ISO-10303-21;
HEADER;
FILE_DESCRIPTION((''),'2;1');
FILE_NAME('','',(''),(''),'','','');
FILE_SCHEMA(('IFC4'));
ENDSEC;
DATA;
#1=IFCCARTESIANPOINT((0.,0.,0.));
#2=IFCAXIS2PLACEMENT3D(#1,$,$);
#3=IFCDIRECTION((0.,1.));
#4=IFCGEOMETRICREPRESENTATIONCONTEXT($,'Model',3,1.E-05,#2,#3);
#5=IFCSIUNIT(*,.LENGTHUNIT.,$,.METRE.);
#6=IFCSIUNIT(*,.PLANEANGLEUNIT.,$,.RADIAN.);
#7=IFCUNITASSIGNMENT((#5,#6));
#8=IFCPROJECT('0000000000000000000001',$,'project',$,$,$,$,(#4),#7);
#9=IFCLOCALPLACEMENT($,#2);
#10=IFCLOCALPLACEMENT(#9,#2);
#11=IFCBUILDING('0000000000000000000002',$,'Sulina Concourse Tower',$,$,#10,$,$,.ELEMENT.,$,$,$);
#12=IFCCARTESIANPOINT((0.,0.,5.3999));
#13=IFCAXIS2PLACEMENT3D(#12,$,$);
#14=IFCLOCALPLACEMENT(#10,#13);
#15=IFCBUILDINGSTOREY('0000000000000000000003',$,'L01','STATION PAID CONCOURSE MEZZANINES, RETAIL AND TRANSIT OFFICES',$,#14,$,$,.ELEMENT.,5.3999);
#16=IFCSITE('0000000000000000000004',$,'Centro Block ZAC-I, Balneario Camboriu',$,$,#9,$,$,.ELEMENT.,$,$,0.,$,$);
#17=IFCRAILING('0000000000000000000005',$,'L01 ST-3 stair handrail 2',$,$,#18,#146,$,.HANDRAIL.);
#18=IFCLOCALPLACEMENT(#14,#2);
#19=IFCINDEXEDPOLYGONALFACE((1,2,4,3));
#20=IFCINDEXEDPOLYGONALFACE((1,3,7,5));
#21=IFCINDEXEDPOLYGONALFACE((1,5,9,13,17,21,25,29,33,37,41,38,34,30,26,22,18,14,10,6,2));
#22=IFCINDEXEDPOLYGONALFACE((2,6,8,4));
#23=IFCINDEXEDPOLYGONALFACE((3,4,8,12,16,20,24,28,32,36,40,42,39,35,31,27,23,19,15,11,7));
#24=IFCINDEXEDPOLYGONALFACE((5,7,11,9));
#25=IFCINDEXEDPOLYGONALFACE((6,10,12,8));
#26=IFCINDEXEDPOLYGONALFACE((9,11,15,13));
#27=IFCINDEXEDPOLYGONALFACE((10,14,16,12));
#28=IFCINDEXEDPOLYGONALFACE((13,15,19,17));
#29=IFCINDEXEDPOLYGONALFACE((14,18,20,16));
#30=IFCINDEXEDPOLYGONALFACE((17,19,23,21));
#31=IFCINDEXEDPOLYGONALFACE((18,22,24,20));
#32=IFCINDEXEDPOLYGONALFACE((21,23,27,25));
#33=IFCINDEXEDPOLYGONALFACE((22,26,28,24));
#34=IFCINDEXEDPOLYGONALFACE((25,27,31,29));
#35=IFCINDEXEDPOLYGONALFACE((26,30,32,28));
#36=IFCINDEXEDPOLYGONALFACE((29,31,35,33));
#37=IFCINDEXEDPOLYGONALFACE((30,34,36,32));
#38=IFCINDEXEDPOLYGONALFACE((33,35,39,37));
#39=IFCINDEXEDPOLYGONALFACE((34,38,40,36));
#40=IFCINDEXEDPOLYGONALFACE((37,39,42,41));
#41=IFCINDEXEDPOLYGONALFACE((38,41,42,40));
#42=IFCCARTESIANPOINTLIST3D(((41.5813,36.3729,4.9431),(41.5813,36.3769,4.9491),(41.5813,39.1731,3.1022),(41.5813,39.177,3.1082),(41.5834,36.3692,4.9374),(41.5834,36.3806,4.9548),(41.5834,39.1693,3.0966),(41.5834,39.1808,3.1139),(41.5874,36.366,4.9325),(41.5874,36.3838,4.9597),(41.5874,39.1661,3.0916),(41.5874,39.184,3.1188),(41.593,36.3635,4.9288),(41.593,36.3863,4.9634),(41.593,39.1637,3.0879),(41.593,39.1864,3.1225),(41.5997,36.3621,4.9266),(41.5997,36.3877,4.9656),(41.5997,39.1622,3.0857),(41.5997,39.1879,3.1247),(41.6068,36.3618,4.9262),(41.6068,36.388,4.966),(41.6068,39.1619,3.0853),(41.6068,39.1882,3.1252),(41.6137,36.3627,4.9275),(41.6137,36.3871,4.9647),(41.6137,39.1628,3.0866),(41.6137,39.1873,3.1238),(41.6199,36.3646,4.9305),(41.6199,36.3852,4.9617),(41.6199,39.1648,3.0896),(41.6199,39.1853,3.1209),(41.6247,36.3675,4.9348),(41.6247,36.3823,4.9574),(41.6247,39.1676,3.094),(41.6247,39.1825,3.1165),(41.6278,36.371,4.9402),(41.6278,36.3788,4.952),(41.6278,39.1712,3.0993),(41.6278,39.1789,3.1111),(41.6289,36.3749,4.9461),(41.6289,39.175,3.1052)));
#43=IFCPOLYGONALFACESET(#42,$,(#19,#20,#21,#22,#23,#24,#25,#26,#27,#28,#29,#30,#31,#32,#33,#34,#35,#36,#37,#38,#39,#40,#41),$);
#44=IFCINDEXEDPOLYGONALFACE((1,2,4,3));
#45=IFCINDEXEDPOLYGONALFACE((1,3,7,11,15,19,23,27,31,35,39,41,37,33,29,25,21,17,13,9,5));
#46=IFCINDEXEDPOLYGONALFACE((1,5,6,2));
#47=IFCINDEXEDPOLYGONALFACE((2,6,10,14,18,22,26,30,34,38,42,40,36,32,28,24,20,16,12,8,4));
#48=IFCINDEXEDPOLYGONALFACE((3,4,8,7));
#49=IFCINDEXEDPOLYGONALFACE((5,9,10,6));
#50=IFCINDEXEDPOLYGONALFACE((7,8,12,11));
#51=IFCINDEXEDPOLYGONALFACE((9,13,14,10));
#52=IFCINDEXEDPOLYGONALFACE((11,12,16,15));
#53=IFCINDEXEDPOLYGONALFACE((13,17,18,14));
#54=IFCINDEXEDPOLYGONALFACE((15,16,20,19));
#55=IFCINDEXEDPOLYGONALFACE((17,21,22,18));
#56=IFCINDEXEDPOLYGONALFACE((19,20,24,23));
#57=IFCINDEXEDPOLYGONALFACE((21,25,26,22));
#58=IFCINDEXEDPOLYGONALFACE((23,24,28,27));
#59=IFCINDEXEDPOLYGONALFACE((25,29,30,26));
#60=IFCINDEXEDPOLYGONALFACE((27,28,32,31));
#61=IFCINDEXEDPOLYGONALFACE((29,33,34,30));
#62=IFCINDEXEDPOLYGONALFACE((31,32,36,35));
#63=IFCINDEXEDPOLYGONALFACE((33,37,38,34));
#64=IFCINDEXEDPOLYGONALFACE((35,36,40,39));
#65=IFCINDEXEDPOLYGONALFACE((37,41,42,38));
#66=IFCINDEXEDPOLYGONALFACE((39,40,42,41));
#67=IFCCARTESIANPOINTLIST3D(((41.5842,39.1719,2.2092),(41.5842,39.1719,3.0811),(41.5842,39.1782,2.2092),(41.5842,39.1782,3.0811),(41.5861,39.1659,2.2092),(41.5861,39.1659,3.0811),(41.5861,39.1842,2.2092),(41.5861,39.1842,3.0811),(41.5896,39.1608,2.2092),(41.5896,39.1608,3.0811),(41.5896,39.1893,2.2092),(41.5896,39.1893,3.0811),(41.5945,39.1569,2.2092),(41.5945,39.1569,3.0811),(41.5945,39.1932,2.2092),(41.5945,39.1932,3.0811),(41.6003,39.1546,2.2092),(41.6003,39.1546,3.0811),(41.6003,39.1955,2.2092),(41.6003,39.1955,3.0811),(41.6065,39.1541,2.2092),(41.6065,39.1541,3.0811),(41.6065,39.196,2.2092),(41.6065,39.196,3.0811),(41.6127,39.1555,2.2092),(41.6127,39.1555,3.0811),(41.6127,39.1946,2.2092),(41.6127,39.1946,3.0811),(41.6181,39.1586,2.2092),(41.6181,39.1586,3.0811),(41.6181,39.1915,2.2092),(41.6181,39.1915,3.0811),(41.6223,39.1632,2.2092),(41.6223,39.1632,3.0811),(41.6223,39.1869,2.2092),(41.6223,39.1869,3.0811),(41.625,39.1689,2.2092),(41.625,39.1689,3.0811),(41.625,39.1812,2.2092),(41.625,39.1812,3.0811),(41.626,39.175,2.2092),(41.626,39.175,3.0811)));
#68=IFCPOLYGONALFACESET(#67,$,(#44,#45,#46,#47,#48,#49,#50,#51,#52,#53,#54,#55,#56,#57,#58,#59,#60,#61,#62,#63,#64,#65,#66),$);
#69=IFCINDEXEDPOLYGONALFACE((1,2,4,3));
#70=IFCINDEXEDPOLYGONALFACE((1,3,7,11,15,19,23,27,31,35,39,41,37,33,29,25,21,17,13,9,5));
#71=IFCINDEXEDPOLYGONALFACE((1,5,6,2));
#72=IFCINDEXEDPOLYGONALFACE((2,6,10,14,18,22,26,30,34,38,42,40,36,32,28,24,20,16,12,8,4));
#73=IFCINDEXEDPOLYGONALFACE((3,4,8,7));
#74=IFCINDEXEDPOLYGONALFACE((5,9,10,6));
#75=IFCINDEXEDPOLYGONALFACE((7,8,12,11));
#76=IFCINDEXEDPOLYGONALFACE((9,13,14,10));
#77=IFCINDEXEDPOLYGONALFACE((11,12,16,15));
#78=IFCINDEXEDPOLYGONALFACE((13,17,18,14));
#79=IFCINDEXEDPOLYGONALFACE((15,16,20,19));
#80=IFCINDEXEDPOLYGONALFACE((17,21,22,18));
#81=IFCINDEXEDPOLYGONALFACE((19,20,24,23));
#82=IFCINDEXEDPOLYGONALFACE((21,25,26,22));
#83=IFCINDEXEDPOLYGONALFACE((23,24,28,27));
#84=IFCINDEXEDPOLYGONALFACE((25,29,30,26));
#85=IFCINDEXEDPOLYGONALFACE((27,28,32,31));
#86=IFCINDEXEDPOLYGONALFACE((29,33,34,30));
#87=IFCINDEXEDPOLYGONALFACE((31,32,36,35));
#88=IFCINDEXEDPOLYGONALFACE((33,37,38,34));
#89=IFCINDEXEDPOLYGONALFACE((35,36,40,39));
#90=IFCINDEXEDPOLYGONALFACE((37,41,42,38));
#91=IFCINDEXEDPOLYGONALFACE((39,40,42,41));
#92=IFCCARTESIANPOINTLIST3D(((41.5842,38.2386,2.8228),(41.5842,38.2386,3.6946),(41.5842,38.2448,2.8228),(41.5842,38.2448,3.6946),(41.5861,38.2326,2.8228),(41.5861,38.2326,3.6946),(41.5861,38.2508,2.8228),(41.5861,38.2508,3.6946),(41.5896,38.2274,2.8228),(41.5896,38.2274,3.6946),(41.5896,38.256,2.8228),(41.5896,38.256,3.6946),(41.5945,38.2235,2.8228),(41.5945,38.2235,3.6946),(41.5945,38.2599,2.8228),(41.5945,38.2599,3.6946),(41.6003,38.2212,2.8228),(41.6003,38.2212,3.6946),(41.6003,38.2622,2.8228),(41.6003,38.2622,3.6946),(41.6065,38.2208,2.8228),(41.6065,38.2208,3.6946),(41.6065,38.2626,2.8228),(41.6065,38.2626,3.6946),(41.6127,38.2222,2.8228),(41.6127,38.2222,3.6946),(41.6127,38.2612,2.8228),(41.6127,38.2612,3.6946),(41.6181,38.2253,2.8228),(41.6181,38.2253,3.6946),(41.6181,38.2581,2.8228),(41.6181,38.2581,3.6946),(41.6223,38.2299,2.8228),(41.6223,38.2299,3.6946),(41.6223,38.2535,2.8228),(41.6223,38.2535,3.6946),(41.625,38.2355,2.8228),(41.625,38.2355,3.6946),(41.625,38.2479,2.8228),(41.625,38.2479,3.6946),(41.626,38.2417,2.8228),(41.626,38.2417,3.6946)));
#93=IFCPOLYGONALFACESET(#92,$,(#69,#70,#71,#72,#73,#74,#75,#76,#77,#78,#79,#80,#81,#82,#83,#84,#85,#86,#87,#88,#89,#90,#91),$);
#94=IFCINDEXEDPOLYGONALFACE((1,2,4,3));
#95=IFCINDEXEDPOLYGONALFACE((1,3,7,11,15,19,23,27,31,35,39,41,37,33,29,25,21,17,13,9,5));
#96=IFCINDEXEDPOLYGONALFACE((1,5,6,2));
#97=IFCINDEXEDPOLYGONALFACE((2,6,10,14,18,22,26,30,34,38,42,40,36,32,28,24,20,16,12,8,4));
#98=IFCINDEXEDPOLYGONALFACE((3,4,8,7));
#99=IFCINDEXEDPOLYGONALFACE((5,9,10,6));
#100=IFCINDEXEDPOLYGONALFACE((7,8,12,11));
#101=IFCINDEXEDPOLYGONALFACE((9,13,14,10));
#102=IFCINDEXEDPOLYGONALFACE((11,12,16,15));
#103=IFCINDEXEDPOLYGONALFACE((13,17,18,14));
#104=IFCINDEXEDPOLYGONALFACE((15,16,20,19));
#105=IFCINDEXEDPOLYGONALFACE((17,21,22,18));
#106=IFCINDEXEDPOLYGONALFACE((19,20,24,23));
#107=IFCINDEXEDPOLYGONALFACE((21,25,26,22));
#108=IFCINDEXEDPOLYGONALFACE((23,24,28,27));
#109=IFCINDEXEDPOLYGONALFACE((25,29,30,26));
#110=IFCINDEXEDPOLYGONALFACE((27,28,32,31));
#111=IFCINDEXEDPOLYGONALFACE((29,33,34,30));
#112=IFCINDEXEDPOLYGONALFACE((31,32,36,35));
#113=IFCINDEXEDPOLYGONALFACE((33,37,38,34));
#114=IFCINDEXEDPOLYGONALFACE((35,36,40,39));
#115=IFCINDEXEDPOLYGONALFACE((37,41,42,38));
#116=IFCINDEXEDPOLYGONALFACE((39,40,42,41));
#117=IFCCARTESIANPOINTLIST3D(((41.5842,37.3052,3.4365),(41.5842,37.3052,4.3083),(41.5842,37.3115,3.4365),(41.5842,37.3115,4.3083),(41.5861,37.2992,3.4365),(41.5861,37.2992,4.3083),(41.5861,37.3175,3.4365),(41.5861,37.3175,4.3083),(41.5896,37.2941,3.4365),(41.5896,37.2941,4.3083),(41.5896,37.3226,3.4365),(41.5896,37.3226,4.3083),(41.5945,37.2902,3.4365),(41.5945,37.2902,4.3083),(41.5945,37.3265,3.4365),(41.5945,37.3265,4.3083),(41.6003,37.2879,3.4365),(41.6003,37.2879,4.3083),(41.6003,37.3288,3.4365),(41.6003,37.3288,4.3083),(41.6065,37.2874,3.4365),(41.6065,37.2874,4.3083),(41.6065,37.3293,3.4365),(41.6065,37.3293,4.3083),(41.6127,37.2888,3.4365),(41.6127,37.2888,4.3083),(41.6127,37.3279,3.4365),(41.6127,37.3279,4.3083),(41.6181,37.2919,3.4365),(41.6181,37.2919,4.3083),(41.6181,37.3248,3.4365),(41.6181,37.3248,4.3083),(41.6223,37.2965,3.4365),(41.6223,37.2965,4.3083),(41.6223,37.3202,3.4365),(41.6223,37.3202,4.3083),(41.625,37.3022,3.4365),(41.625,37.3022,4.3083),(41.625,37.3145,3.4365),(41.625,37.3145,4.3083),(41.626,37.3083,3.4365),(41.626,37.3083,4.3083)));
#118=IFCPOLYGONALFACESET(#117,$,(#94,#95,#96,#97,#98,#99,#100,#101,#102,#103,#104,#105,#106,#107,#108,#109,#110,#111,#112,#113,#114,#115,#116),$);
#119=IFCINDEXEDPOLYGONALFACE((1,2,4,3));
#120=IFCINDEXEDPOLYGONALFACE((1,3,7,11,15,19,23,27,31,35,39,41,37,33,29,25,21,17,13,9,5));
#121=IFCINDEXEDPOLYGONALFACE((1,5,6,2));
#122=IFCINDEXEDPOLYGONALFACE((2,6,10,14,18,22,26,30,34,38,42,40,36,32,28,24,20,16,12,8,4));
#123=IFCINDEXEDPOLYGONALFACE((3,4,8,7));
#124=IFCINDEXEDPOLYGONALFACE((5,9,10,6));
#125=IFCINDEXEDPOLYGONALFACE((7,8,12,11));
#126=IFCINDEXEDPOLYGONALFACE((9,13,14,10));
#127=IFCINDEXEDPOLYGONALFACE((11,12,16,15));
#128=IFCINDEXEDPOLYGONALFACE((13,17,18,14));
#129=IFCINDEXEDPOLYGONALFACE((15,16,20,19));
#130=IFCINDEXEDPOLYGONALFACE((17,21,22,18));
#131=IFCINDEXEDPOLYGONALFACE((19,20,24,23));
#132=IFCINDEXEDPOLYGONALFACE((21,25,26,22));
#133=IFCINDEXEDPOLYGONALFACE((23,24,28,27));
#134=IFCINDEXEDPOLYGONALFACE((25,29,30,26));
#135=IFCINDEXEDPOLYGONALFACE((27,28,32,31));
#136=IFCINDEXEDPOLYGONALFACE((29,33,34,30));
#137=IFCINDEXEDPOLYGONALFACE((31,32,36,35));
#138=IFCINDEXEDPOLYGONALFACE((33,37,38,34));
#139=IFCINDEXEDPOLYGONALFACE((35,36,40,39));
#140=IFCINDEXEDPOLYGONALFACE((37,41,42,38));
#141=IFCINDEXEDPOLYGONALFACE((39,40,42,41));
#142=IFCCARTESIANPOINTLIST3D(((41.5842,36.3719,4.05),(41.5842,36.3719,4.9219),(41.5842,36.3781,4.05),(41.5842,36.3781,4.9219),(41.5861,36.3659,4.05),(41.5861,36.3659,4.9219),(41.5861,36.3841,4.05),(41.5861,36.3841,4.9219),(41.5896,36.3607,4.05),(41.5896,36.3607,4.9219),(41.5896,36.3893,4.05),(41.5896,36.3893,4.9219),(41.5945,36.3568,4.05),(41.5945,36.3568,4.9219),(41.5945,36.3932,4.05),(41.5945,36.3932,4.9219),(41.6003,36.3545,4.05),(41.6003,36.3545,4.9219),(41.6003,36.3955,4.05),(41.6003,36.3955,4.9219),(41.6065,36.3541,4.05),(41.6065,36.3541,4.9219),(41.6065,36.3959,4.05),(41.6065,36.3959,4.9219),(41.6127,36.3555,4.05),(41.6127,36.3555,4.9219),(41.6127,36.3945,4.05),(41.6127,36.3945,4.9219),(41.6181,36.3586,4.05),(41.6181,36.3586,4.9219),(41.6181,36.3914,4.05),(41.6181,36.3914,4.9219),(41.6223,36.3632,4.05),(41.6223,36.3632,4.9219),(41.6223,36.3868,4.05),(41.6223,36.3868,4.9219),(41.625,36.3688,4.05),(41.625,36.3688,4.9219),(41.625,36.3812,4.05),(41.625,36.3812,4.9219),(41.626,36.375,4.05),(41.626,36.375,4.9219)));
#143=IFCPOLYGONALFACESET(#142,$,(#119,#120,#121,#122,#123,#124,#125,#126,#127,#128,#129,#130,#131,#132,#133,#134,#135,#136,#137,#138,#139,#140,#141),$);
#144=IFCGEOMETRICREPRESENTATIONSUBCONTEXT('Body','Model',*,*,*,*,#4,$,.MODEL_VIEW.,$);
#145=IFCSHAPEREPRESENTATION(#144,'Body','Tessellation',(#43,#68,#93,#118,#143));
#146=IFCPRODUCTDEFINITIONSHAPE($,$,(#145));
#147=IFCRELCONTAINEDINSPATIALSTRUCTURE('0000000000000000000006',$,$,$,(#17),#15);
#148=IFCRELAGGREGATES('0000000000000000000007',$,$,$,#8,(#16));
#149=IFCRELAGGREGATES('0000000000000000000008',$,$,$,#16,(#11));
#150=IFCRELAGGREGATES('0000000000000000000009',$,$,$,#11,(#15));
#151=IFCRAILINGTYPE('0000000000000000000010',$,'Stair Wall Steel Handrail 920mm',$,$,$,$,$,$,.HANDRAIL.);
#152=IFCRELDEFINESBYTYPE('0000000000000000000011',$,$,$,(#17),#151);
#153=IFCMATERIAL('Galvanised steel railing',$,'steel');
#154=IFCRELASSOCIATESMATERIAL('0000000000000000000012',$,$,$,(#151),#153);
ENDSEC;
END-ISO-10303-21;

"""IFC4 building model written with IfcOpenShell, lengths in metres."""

from ifc_helpers import new_model, si_unit, direction, frame, origin, origin_2d, place, context, subcontext, project, spatial, circle, extrude, material, type_object, element, save


model = new_model("IFC4")

# Units and contexts
model_context = context("Model", 3, precision=1e-05, world=origin(), true_north=direction((0.0, 1.0)))
body_context = subcontext(model_context, "Body", "Model", "MODEL_VIEW")
ifc_project = project(units=[si_unit("LENGTHUNIT", "METRE"), si_unit("PLANEANGLEUNIT", "RADIAN")], contexts=[model_context])

# Site, building, storey
site_placement = place(None, origin())
site = spatial("IfcSite", under=ifc_project, at=site_placement, Name="Centro Block ZAC-I, Balneario Camboriu", CompositionType="ELEMENT", RefElevation=0.0)
building_placement = place(site_placement, origin())
building = spatial("IfcBuilding", under=site, at=building_placement, Name="Sulina Concourse Tower", CompositionType="ELEMENT")
storey_placement = place(building_placement, frame((0.0, 0.0, 5.3999)))
storey = spatial("IfcBuildingStorey", under=building, at=storey_placement, Name="L01", Description="STATION PAID CONCOURSE MEZZANINES, RETAIL AND TRANSIT OFFICES", CompositionType="ELEMENT", Elevation=5.3999)

# Railing
ifc_material_1 = material(Name="Galvanised steel railing", Category="steel")
railing_type_1 = type_object("IfcRailingType", Name="Stair Wall Steel Handrail 920mm", PredefinedType="HANDRAIL", material=ifc_material_1)
railing_1_placement = place(storey_placement, frame((41.605, 39.175, 2.2092)))
element("IfcRailing", 1, at=railing_1_placement, inside=storey, type_object=railing_type_1, Name="L01 ST-3 stair handrail 2", PredefinedType="HANDRAIL", context=body_context, shape_type="SweptSolid", body=[
    extrude(circle(Radius=0.0239, at=origin_2d()), frame((0.0, 0.0, 0.896), z_axis=(0.0, -0.835598, 0.549342), x_axis=(1.0, 0.0, 0.0)), (0.0, 0.0, 1.0), 3.3511),
    extrude(circle(Radius=0.021, at=origin_2d()), origin(), (0.0, 0.0, 1.0), 0.8718),
    extrude(circle(Radius=0.021, at=origin_2d()), frame((0.0, -0.9333, 0.6135)), (0.0, 0.0, 1.0), 0.8718),
    extrude(circle(Radius=0.021, at=origin_2d()), frame((0.0, -1.8667, 1.2273)), (0.0, 0.0, 1.0), 0.8718),
    extrude(circle(Radius=0.021, at=origin_2d()), frame((0.0, -2.8, 1.8408)), (0.0, 0.0, 1.0), 0.8718),
])

save(model, "model.ifc")
